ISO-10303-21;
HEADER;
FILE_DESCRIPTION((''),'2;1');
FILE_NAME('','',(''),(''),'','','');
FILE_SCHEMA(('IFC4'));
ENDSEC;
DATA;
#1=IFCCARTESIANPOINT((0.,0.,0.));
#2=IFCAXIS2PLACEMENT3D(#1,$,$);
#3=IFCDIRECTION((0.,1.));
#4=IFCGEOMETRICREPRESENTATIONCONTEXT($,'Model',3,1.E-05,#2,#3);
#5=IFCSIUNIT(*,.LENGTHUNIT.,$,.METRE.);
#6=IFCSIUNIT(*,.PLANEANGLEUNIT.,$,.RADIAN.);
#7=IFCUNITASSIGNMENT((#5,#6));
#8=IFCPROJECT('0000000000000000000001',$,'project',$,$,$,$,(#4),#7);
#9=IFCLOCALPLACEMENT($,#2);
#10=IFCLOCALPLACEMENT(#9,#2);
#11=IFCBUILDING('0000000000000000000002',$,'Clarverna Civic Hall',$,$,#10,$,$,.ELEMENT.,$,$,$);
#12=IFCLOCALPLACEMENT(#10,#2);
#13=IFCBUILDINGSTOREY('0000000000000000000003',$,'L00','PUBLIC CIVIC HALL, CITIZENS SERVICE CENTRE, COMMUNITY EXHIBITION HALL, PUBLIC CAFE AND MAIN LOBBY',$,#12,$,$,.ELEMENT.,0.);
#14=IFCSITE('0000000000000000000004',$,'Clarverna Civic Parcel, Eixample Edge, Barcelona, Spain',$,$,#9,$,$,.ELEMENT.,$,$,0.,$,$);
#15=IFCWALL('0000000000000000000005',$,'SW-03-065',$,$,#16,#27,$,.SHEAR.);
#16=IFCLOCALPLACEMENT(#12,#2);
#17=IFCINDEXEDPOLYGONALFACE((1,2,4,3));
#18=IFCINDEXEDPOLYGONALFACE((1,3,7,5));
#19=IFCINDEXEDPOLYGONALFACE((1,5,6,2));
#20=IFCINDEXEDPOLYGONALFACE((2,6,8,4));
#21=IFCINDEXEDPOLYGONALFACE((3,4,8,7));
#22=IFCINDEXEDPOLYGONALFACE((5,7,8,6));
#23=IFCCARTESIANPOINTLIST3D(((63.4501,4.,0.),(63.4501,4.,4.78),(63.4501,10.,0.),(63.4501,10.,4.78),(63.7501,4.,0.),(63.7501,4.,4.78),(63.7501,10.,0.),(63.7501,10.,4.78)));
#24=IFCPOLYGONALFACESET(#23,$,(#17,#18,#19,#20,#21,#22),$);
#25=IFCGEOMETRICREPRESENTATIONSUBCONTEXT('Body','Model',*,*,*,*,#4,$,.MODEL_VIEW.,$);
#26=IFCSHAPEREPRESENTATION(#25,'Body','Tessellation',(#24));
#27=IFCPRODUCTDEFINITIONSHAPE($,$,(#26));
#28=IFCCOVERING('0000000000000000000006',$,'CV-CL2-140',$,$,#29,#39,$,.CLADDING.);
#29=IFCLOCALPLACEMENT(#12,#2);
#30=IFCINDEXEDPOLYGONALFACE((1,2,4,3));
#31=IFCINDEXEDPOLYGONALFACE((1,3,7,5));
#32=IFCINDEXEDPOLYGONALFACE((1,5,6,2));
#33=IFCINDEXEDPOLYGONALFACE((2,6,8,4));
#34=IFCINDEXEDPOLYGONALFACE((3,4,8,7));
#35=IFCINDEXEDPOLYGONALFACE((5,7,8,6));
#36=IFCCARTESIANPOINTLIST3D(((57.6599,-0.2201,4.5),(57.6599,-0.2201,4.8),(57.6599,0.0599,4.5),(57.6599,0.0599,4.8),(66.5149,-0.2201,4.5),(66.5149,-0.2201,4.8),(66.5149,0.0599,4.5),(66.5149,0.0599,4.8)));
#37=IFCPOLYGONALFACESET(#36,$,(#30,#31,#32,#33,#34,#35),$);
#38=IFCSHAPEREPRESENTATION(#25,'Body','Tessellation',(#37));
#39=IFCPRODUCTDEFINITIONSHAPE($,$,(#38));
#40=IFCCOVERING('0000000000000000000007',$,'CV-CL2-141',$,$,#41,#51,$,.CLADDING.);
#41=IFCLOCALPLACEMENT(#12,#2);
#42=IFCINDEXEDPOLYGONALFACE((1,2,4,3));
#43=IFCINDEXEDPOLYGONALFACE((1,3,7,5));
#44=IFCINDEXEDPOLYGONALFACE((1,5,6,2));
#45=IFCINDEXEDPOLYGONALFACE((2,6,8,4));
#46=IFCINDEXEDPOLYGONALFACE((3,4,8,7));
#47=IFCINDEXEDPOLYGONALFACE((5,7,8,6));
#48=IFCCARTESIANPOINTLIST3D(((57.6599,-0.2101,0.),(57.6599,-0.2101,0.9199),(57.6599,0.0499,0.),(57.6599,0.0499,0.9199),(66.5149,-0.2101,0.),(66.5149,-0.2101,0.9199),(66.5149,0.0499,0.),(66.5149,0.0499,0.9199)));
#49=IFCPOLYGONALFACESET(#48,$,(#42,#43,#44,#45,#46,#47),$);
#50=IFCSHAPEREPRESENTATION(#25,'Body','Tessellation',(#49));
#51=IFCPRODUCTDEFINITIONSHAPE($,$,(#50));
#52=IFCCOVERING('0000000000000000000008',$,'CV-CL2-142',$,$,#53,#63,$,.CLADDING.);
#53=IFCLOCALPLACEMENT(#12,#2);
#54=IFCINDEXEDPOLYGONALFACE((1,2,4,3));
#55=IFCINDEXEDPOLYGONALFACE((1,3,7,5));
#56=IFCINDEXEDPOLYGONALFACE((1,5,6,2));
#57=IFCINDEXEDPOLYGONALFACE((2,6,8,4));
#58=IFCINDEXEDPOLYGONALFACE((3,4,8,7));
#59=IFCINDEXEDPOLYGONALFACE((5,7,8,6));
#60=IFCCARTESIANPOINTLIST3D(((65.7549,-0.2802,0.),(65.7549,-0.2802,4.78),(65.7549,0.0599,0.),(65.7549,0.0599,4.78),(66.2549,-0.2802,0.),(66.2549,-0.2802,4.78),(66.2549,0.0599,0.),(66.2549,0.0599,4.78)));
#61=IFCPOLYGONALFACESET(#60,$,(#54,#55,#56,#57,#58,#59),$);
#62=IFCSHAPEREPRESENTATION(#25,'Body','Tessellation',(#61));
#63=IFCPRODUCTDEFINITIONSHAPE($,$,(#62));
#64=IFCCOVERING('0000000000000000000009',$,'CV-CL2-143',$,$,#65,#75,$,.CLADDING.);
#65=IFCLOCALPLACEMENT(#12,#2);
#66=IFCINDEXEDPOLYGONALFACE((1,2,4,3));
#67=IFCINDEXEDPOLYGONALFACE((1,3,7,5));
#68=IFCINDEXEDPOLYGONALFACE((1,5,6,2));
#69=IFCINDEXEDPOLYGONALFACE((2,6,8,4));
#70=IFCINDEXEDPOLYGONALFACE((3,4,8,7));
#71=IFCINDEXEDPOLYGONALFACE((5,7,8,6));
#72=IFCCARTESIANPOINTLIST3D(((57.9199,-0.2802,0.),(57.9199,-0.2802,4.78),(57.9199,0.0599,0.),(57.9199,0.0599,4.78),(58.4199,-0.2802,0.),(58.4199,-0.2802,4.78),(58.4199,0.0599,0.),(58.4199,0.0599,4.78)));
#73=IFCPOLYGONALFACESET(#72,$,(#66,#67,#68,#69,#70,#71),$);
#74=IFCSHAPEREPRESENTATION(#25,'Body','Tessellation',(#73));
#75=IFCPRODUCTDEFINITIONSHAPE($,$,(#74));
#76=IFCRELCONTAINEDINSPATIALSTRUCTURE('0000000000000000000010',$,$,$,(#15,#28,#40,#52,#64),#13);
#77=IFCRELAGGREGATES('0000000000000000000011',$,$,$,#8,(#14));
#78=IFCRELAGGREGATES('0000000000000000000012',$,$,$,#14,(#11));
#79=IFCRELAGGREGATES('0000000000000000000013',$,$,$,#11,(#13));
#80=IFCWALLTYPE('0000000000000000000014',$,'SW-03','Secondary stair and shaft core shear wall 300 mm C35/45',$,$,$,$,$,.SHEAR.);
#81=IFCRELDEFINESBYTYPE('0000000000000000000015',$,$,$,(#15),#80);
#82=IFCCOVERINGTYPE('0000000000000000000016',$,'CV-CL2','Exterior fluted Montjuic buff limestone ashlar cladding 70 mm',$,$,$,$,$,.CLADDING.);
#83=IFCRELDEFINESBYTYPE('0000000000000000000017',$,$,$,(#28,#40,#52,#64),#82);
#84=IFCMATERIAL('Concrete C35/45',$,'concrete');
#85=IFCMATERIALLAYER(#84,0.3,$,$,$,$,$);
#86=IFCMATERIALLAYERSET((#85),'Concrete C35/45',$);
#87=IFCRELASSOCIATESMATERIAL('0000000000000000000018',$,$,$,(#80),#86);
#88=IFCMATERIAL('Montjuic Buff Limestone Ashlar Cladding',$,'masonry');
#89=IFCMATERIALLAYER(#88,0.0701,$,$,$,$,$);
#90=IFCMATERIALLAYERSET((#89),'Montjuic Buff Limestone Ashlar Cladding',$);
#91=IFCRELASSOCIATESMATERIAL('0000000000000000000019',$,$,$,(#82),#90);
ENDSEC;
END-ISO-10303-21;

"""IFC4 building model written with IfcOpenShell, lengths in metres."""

from ifc_helpers import new_model, si_unit, direction, frame, frame_2d, origin, place, context, subcontext, project, spatial, rectangle, extrude, material, layer, layer_set, type_object, element, save


model = new_model("IFC4")

# Units and contexts
model_context = context("Model", 3, precision=1e-05, world=origin(), true_north=direction((0.0, 1.0)))
body_context = subcontext(model_context, "Body", "Model", "MODEL_VIEW")
ifc_project = project(units=[si_unit("LENGTHUNIT", "METRE"), si_unit("PLANEANGLEUNIT", "RADIAN")], contexts=[model_context])

# Site, building, storey
site_placement = place(None, origin())
site = spatial("IfcSite", under=ifc_project, at=site_placement, Name="Clarverna Civic Parcel, Eixample Edge, Barcelona, Spain", CompositionType="ELEMENT", RefElevation=0.0)
building_placement = place(site_placement, origin())
building = spatial("IfcBuilding", under=site, at=building_placement, Name="Clarverna Civic Hall", CompositionType="ELEMENT")
storey_placement = place(building_placement, origin())
storey = spatial("IfcBuildingStorey", under=building, at=storey_placement, Name="L00", Description="PUBLIC CIVIC HALL, CITIZENS SERVICE CENTRE, COMMUNITY EXHIBITION HALL, PUBLIC CAFE AND MAIN LOBBY", CompositionType="ELEMENT", Elevation=0.0)

# Shared definitions
ifc_material_1 = material(Name="Concrete C35/45", Category="concrete")

# Wall
ifc_layer_1 = layer(ifc_material_1, 0.3)
ifc_layer_set_1 = layer_set([ifc_layer_1], Name="Concrete C35/45")
wall_type_1 = type_object("IfcWallType", Name="SW-03", Description="Secondary stair and shaft core shear wall 300 mm C35/45", PredefinedType="SHEAR", material=ifc_layer_set_1)
wall_1_placement = place(storey_placement, frame((63.6001, 4.0, 0.0), z_axis=(0.0, 0.0, 1.0), x_axis=(0.0, 1.0, 0.0)))
element("IfcWall", 1, at=wall_1_placement, inside=storey, type_object=wall_type_1, Name="SW-03-065", PredefinedType="SHEAR", context=body_context, shape_type="SweptSolid", body=[
    extrude(rectangle(XDim=6.0, YDim=0.3, at=frame_2d((3.0, 0.0))), origin(), (0.0, 0.0, 1.0), 4.78),
])

# Coverings
ifc_material_2 = material(Name="Montjuic Buff Limestone Ashlar Cladding", Category="masonry")
ifc_layer_2 = layer(ifc_material_2, 0.0701)
ifc_layer_set_2 = layer_set([ifc_layer_2], Name="Montjuic Buff Limestone Ashlar Cladding")
covering_type = type_object("IfcCoveringType", Name="CV-CL2", Description="Exterior fluted Montjuic buff limestone ashlar cladding 70 mm", PredefinedType="CLADDING", material=ifc_layer_set_2)
covering_1_placement = place(storey_placement, frame((66.5149, -0.0801, 4.5), z_axis=(0.0, 0.0, 1.0), x_axis=(-1.0, 0.0, 0.0)))
element("IfcCovering", 2, at=covering_1_placement, inside=storey, type_object=covering_type, Name="CV-CL2-140", PredefinedType="CLADDING", context=body_context, shape_type="SweptSolid", body=[
    extrude(rectangle(XDim=8.855, YDim=0.28, at=frame_2d((4.4275, 0.0))), origin(), (0.0, 0.0, 1.0), 0.3),
])
covering_2_placement = place(storey_placement, frame((66.5149, -0.0801, 0.0), z_axis=(0.0, 0.0, 1.0), x_axis=(-1.0, 0.0, 0.0)))
element("IfcCovering", 3, at=covering_2_placement, inside=storey, type_object=covering_type, Name="CV-CL2-141", PredefinedType="CLADDING", context=body_context, shape_type="SweptSolid", body=[
    extrude(rectangle(XDim=8.855, YDim=0.26, at=frame_2d((4.4275, 0.0))), origin(), (0.0, 0.0, 1.0), 0.9199),
])
for number, where, z_axis, x_axis, name in (
    (4, (66.2549, -0.1101, 0.0), (0.0, 0.0, 1.0), (-1.0, 0.0, 0.0), "CV-CL2-142"),
    (5, (58.4199, -0.1101, 0.0), (0.0, 0.0, 1.0), (-1.0, 0.0, 0.0), "CV-CL2-143"),
):
    element("IfcCovering", number, at=place(storey_placement, frame(where, z_axis=z_axis, x_axis=x_axis)), inside=storey, type_object=covering_type, Name=name, PredefinedType="CLADDING", context=body_context, shape_type="SweptSolid", body=[
        extrude(rectangle(XDim=0.5, YDim=0.3401, at=frame_2d((0.25, 0.0))), origin(), (0.0, 0.0, 1.0), 4.78),
    ])

save(model, "model.ifc")
